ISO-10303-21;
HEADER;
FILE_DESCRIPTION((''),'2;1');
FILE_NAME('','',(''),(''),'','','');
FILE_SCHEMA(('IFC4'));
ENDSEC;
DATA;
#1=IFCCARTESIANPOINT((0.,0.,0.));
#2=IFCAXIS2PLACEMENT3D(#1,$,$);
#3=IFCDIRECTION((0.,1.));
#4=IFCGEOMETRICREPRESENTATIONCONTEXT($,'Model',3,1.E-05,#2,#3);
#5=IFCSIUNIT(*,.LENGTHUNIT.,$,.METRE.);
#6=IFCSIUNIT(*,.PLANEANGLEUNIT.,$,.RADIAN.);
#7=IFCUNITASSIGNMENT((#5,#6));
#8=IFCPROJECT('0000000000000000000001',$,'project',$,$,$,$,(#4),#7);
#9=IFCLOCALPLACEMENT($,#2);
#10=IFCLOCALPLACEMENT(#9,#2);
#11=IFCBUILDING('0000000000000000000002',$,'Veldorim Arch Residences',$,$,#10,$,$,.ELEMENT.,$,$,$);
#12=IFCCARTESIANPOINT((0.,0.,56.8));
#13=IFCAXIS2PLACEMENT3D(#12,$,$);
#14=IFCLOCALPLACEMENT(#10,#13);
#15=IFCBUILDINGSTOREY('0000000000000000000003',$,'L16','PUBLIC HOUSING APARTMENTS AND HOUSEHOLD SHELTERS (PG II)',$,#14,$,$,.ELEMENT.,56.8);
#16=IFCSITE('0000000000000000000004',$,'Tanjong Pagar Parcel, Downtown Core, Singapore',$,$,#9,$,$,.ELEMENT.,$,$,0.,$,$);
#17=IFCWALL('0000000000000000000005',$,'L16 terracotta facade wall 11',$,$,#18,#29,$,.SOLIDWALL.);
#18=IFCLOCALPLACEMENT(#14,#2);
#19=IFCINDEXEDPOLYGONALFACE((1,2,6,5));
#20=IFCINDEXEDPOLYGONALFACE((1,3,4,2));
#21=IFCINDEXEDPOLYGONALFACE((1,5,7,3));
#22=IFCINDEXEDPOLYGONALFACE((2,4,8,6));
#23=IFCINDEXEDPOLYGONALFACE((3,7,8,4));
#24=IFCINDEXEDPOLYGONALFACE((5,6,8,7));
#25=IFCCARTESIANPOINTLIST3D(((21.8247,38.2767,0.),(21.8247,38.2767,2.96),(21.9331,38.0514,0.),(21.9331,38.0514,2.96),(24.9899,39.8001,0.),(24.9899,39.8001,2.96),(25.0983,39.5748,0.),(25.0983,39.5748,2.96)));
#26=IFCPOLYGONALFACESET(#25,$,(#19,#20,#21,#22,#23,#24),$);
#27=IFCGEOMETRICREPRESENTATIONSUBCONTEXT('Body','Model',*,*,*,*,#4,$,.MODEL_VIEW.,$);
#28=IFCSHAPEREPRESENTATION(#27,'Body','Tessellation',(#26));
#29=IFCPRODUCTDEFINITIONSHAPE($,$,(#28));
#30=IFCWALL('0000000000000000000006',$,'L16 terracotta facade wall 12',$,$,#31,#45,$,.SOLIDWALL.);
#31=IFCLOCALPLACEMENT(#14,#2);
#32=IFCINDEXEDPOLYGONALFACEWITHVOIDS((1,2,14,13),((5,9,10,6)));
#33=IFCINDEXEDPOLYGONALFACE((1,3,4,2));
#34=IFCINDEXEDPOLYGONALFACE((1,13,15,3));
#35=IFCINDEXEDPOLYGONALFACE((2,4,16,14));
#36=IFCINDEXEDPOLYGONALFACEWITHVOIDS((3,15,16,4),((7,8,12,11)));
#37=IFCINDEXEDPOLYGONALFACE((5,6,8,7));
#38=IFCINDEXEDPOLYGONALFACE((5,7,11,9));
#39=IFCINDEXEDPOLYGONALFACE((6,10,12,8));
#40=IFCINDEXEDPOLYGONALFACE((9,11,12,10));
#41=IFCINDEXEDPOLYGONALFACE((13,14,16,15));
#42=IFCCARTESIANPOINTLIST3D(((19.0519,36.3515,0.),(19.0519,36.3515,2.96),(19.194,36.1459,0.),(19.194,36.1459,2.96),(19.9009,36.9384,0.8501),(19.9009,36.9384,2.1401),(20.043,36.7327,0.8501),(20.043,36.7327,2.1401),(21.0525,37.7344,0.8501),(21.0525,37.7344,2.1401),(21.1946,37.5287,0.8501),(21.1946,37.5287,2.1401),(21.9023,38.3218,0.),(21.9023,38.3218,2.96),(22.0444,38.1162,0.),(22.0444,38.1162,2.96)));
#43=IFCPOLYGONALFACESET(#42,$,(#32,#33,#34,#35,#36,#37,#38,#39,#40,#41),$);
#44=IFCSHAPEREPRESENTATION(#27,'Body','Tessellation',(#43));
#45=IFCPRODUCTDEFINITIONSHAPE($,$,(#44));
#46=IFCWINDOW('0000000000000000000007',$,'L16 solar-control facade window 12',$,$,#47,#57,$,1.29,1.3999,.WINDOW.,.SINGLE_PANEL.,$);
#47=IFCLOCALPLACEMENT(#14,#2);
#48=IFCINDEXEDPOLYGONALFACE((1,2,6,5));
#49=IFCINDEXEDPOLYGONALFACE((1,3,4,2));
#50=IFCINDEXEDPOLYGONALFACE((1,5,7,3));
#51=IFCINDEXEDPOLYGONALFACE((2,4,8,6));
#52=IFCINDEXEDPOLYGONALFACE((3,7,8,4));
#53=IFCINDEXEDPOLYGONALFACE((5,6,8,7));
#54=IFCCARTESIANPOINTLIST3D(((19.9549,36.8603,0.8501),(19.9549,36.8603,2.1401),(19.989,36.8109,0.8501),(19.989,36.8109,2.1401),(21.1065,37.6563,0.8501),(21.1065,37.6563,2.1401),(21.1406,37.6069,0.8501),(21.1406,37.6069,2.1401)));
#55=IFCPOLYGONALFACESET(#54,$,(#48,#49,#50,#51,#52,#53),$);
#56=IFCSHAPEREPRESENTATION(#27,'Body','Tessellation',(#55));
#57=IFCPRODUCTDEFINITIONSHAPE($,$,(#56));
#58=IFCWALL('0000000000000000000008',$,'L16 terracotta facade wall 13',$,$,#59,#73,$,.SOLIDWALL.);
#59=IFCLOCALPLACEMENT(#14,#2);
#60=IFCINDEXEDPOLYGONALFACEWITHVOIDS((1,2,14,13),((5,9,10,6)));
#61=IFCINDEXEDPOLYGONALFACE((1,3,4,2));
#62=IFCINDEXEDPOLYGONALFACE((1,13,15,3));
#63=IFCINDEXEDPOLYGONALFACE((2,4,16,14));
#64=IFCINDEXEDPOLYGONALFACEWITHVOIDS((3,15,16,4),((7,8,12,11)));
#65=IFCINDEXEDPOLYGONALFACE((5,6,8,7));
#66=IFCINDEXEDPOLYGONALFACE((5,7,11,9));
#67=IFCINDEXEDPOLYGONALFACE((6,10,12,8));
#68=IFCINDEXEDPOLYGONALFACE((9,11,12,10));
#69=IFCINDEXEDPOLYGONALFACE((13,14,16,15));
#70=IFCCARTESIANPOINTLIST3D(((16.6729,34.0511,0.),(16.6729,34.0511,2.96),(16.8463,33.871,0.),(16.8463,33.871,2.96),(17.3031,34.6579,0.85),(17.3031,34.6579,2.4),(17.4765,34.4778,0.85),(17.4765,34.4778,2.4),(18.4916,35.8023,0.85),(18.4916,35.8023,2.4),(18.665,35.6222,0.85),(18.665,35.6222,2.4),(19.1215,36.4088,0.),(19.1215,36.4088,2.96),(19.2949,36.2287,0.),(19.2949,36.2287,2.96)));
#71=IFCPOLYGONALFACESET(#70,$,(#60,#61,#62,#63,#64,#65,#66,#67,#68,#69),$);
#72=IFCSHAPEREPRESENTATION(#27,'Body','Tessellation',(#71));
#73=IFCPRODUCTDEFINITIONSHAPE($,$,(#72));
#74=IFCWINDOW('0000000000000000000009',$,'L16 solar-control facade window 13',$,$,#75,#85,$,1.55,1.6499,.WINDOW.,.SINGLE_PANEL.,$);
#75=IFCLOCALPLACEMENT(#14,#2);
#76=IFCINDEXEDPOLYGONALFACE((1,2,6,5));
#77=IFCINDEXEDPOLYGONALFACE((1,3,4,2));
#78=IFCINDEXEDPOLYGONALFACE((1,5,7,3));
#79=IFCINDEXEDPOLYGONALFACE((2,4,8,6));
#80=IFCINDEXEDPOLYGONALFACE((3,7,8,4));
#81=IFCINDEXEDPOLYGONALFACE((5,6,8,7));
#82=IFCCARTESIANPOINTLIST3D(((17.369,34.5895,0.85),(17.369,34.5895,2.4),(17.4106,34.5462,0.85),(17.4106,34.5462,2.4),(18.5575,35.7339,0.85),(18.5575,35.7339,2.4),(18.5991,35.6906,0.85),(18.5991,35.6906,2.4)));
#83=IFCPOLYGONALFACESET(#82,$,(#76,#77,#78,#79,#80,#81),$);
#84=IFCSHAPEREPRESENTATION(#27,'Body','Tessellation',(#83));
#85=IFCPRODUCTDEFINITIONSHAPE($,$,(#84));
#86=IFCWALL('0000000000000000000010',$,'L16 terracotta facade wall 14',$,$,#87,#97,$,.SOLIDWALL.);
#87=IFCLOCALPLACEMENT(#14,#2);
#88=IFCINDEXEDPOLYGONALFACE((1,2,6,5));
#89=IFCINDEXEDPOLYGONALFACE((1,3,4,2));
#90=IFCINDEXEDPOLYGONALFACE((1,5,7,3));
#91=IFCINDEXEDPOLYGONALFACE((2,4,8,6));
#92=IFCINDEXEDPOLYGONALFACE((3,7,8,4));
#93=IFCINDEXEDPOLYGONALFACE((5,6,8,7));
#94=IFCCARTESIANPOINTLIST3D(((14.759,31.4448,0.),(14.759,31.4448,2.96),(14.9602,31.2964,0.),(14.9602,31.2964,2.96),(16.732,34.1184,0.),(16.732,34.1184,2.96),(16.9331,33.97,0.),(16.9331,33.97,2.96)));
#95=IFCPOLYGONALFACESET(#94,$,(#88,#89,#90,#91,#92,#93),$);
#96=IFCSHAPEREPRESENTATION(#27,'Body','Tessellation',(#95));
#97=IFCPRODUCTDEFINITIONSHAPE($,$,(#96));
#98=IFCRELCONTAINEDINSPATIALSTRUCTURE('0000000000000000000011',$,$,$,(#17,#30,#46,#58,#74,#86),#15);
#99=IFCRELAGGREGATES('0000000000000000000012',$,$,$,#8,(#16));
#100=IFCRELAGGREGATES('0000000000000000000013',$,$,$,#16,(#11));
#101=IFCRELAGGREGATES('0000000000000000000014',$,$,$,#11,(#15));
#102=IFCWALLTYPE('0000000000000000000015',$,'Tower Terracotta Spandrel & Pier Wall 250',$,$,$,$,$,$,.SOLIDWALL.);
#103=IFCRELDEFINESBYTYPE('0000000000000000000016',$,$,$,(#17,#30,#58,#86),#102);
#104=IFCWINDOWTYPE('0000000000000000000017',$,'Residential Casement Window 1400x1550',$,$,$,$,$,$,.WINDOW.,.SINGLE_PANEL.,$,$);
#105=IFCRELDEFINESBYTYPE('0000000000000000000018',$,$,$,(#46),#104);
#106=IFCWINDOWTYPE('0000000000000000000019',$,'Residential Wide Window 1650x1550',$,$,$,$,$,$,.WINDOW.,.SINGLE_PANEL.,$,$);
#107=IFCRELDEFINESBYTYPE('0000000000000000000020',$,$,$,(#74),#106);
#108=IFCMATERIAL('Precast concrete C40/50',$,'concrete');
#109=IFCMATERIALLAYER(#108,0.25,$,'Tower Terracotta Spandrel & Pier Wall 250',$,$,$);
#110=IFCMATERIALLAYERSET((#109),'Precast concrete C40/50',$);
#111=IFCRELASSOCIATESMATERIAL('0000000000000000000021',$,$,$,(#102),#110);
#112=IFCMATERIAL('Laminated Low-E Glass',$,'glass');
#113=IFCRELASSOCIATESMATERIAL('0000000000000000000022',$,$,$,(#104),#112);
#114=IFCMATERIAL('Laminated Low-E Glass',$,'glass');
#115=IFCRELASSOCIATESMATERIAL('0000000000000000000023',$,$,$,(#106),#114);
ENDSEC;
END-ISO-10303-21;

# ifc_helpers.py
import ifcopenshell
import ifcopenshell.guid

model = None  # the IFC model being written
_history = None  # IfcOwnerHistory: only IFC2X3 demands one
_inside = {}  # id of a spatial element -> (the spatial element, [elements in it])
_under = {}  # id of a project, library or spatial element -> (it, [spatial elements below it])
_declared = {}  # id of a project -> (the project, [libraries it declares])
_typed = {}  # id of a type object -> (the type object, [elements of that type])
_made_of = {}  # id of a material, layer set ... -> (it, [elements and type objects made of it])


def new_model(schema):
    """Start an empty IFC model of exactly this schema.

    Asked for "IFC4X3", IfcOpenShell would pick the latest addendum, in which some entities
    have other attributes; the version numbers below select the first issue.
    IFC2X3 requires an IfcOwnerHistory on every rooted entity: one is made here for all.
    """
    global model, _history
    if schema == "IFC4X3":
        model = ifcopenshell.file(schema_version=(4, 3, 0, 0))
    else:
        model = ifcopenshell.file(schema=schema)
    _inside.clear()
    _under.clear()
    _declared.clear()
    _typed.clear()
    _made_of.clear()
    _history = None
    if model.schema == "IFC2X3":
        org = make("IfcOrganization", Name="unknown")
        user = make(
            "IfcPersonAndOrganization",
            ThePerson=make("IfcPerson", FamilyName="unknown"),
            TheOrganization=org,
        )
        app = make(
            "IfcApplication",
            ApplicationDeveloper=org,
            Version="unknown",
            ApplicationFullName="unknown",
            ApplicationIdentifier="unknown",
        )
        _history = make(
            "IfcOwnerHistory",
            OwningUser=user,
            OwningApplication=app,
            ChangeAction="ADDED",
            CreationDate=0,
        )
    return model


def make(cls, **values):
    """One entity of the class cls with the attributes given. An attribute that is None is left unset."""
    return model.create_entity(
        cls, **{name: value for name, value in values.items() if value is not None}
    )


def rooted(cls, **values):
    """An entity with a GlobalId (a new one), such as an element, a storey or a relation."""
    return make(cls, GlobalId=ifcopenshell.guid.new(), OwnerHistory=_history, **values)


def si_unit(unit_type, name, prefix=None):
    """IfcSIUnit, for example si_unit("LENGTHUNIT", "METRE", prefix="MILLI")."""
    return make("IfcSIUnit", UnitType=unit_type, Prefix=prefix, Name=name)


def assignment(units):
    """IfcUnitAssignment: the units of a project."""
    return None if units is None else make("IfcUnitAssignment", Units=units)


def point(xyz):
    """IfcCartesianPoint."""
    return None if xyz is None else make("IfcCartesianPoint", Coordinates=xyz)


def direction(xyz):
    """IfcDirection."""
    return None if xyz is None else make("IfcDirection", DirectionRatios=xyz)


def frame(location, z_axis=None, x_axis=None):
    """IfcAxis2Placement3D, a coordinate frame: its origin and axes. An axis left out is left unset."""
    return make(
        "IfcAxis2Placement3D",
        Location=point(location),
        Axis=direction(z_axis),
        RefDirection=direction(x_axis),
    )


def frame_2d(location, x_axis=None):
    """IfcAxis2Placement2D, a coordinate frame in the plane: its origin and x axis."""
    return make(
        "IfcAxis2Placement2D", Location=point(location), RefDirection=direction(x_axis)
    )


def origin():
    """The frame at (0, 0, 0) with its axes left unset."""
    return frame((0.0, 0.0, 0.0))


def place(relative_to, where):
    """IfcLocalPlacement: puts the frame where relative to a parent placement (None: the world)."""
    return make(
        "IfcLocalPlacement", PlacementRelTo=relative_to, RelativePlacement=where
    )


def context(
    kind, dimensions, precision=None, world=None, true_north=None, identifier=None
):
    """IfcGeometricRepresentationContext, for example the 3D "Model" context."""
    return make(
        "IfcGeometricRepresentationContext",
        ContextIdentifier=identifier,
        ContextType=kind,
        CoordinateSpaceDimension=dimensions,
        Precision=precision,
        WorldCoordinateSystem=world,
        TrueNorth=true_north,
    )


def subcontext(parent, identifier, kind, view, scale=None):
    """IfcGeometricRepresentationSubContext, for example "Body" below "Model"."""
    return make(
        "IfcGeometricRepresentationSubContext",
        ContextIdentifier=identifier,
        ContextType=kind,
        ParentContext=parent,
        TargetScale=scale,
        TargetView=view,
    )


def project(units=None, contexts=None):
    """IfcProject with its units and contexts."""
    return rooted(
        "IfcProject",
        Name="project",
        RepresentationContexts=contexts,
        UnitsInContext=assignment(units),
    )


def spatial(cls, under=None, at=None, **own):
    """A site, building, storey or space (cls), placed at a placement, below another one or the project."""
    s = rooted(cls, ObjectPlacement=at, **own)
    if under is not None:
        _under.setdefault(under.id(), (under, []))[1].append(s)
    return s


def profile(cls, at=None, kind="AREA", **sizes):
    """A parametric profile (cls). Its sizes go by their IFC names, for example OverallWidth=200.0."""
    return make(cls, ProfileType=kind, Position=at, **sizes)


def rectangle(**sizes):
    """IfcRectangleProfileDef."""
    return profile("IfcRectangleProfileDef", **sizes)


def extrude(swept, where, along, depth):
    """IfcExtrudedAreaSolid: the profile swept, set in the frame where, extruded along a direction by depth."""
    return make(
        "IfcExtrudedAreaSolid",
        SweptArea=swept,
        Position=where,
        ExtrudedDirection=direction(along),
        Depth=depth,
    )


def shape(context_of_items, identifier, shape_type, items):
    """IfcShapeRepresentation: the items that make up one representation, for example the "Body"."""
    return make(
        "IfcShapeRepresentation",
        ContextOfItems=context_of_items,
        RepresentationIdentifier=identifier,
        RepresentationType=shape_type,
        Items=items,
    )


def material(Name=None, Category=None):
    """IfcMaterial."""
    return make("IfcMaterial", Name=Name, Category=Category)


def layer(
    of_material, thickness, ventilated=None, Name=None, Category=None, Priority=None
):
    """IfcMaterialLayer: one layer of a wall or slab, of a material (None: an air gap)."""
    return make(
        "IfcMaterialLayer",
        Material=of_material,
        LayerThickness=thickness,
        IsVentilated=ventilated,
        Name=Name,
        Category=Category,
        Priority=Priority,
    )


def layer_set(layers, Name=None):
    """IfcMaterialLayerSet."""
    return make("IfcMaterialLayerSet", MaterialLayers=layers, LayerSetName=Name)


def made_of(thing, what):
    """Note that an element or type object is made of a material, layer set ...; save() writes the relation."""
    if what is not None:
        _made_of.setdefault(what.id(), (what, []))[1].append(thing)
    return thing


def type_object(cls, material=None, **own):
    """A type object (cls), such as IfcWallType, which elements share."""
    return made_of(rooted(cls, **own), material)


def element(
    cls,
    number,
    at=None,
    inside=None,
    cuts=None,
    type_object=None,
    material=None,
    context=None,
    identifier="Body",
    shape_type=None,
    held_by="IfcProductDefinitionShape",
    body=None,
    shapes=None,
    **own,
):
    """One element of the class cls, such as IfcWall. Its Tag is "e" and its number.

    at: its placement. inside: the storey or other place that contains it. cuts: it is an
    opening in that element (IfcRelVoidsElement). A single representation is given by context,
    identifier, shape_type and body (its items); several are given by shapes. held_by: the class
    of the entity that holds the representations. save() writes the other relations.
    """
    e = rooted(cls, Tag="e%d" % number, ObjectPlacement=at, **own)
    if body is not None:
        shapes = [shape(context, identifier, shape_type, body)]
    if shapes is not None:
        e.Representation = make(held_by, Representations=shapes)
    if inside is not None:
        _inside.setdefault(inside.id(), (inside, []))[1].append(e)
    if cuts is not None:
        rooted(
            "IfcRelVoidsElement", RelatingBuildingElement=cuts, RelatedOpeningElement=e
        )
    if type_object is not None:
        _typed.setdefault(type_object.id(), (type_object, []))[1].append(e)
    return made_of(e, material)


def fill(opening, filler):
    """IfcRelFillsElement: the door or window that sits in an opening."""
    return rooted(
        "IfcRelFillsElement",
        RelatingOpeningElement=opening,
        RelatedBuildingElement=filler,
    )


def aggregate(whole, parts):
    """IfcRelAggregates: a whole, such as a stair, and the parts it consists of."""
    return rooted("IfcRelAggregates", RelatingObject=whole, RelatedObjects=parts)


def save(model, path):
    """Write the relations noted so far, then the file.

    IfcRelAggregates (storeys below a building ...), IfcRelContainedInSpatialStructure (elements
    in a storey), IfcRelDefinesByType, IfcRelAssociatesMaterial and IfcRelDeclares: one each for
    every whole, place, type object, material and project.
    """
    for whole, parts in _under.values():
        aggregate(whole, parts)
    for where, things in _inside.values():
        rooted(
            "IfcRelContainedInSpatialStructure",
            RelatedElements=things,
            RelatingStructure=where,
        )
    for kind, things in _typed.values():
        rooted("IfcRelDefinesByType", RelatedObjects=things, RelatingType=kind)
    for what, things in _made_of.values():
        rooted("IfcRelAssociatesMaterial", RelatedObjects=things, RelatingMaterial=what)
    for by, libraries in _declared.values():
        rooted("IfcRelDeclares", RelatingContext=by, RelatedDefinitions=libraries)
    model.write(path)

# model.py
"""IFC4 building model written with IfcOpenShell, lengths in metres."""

from ifc_helpers import new_model, si_unit, direction, frame, frame_2d, origin, place, context, subcontext, project, spatial, rectangle, extrude, material, layer, layer_set, type_object, element, fill, save


model = new_model("IFC4")

# Units and contexts
model_context = context("Model", 3, precision=1e-05, world=origin(), true_north=direction((0.0, 1.0)))
body_context = subcontext(model_context, "Body", "Model", "MODEL_VIEW")
ifc_project = project(units=[si_unit("LENGTHUNIT", "METRE"), si_unit("PLANEANGLEUNIT", "RADIAN")], contexts=[model_context])

# Site, building, storey
site_placement = place(None, origin())
site = spatial("IfcSite", under=ifc_project, at=site_placement, Name="Tanjong Pagar Parcel, Downtown Core, Singapore", CompositionType="ELEMENT", RefElevation=0.0)
building_placement = place(site_placement, origin())
building = spatial("IfcBuilding", under=site, at=building_placement, Name="Veldorim Arch Residences", CompositionType="ELEMENT")
storey_placement = place(building_placement, frame((0.0, 0.0, 56.8)))
storey = spatial("IfcBuildingStorey", under=building, at=storey_placement, Name="L16", Description="PUBLIC HOUSING APARTMENTS AND HOUSEHOLD SHELTERS (PG II)", CompositionType="ELEMENT", Elevation=56.8)

# Wall
ifc_material_1 = material(Name="Precast concrete C40/50", Category="concrete")
ifc_layer_1 = layer(ifc_material_1, 0.25, Name="Tower Terracotta Spandrel & Pier Wall 250")
ifc_layer_set_1 = layer_set([ifc_layer_1], Name="Precast concrete C40/50")
wall_type_1 = type_object("IfcWallType", Name="Tower Terracotta Spandrel & Pier Wall 250", PredefinedType="SOLIDWALL", material=ifc_layer_set_1)
wall_1_placement = place(storey_placement, frame((21.8789, 38.1641, 0.0), z_axis=(0.0, 0.0, 1.0), x_axis=(0.901067, 0.43368, 0.0)))
element("IfcWall", 1, at=wall_1_placement, inside=storey, type_object=wall_type_1, Name="L16 terracotta facade wall 11", PredefinedType="SOLIDWALL", context=body_context, shape_type="SweptSolid", body=[
    extrude(rectangle(XDim=3.5127, YDim=0.25, at=frame_2d((1.7563, 0.0))), origin(), (0.0, 0.0, 1.0), 2.96),
])

# Walls, openings, windows
wall_2_placement = place(storey_placement, frame((19.123, 36.2488, 0.0), z_axis=(0.0, 0.0, 1.0), x_axis=(0.82261, 0.568605, 0.0)))
wall_2 = element("IfcWall", 2, at=wall_2_placement, inside=storey, type_object=wall_type_1, Name="L16 terracotta facade wall 12", PredefinedType="SOLIDWALL", context=body_context, shape_type="SweptSolid", body=[
    extrude(rectangle(XDim=3.4651, YDim=0.25, at=frame_2d((1.7324, 0.0))), origin(), (0.0, 0.0, 1.0), 2.96),
])
opening_1_placement = place(wall_2_placement, frame((1.032, 0.0, 0.8501)))
opening_1 = element("IfcOpeningElement", 3, at=opening_1_placement, cuts=wall_2, PredefinedType="OPENING", context=body_context, shape_type="SweptSolid", body=[
    extrude(rectangle(XDim=1.3999, YDim=1.29, at=frame_2d((0.7, 0.645))), frame((0.0, 0.135, 0.0), z_axis=(0.0, -1.0, 0.0), x_axis=(1.0, 0.0, 0.0)), (0.0, 0.0, 1.0), 0.27),
])
ifc_material_2 = material(Name="Laminated Low-E Glass", Category="glass")
window_type_1 = type_object("IfcWindowType", Name="Residential Casement Window 1400x1550", PartitioningType="SINGLE_PANEL", PredefinedType="WINDOW", material=ifc_material_2)
window_1_placement = place(opening_1_placement, origin())
window_1 = element("IfcWindow", 4, at=window_1_placement, inside=storey, type_object=window_type_1, Name="L16 solar-control facade window 12", OverallHeight=1.29, OverallWidth=1.3999, PartitioningType="SINGLE_PANEL", PredefinedType="WINDOW", context=body_context, shape_type="SweptSolid", body=[
    extrude(rectangle(XDim=1.3999, YDim=1.29, at=frame_2d((0.7, 0.645))), frame((0.0, 0.03, 0.0), z_axis=(0.0, -1.0, 0.0), x_axis=(1.0, 0.0, 0.0)), (0.0, 0.0, 1.0), 0.0601),
])
fill(opening_1, window_1)
wall_3_placement = place(storey_placement, frame((16.7595, 33.9609, 0.0), z_axis=(0.0, 0.0, 1.0), x_axis=(0.72034, 0.693621, 0.0)))
wall_3 = element("IfcWall", 5, at=wall_3_placement, inside=storey, type_object=wall_type_1, Name="L16 terracotta facade wall 13", PredefinedType="SOLIDWALL", context=body_context, shape_type="SweptSolid", body=[
    extrude(rectangle(XDim=3.3992, YDim=0.25, at=frame_2d((1.6997, 0.0))), origin(), (0.0, 0.0, 1.0), 2.96),
])
opening_2_placement = place(wall_3_placement, frame((0.875, 0.0, 0.8501)))
opening_2 = element("IfcOpeningElement", 6, at=opening_2_placement, cuts=wall_3, PredefinedType="OPENING", context=body_context, shape_type="SweptSolid", body=[
    extrude(rectangle(XDim=1.6499, YDim=1.55, at=frame_2d((0.825, 0.7749))), frame((0.0, 0.135, 0.0), z_axis=(0.0, -1.0, 0.0), x_axis=(1.0, 0.0, 0.0)), (0.0, 0.0, 1.0), 0.27),
])
ifc_material_3 = material(Name="Laminated Low-E Glass", Category="glass")
window_type_2 = type_object("IfcWindowType", Name="Residential Wide Window 1650x1550", PartitioningType="SINGLE_PANEL", PredefinedType="WINDOW", material=ifc_material_3)
window_2_placement = place(opening_2_placement, origin())
window_2 = element("IfcWindow", 7, at=window_2_placement, inside=storey, type_object=window_type_2, Name="L16 solar-control facade window 13", OverallHeight=1.55, OverallWidth=1.6499, PartitioningType="SINGLE_PANEL", PredefinedType="WINDOW", context=body_context, shape_type="SweptSolid", body=[
    extrude(rectangle(XDim=1.6499, YDim=1.55, at=frame_2d((0.825, 0.7749))), frame((0.0, 0.03, 0.0), z_axis=(0.0, -1.0, 0.0), x_axis=(1.0, 0.0, 0.0)), (0.0, 0.0, 1.0), 0.0601),
])
fill(opening_2, window_2)

# Wall
wall_4_placement = place(storey_placement, frame((14.8596, 31.3706, 0.0), z_axis=(0.0, 0.0, 1.0), x_axis=(0.593763, 0.80464, 0.0)))
element("IfcWall", 8, at=wall_4_placement, inside=storey, type_object=wall_type_1, Name="L16 terracotta facade wall 14", PredefinedType="SOLIDWALL", context=body_context, shape_type="SweptSolid", body=[
    extrude(rectangle(XDim=3.3228, YDim=0.25, at=frame_2d((1.6614, 0.0))), origin(), (0.0, 0.0, 1.0), 2.96),
])

save(model, "model.ifc")
